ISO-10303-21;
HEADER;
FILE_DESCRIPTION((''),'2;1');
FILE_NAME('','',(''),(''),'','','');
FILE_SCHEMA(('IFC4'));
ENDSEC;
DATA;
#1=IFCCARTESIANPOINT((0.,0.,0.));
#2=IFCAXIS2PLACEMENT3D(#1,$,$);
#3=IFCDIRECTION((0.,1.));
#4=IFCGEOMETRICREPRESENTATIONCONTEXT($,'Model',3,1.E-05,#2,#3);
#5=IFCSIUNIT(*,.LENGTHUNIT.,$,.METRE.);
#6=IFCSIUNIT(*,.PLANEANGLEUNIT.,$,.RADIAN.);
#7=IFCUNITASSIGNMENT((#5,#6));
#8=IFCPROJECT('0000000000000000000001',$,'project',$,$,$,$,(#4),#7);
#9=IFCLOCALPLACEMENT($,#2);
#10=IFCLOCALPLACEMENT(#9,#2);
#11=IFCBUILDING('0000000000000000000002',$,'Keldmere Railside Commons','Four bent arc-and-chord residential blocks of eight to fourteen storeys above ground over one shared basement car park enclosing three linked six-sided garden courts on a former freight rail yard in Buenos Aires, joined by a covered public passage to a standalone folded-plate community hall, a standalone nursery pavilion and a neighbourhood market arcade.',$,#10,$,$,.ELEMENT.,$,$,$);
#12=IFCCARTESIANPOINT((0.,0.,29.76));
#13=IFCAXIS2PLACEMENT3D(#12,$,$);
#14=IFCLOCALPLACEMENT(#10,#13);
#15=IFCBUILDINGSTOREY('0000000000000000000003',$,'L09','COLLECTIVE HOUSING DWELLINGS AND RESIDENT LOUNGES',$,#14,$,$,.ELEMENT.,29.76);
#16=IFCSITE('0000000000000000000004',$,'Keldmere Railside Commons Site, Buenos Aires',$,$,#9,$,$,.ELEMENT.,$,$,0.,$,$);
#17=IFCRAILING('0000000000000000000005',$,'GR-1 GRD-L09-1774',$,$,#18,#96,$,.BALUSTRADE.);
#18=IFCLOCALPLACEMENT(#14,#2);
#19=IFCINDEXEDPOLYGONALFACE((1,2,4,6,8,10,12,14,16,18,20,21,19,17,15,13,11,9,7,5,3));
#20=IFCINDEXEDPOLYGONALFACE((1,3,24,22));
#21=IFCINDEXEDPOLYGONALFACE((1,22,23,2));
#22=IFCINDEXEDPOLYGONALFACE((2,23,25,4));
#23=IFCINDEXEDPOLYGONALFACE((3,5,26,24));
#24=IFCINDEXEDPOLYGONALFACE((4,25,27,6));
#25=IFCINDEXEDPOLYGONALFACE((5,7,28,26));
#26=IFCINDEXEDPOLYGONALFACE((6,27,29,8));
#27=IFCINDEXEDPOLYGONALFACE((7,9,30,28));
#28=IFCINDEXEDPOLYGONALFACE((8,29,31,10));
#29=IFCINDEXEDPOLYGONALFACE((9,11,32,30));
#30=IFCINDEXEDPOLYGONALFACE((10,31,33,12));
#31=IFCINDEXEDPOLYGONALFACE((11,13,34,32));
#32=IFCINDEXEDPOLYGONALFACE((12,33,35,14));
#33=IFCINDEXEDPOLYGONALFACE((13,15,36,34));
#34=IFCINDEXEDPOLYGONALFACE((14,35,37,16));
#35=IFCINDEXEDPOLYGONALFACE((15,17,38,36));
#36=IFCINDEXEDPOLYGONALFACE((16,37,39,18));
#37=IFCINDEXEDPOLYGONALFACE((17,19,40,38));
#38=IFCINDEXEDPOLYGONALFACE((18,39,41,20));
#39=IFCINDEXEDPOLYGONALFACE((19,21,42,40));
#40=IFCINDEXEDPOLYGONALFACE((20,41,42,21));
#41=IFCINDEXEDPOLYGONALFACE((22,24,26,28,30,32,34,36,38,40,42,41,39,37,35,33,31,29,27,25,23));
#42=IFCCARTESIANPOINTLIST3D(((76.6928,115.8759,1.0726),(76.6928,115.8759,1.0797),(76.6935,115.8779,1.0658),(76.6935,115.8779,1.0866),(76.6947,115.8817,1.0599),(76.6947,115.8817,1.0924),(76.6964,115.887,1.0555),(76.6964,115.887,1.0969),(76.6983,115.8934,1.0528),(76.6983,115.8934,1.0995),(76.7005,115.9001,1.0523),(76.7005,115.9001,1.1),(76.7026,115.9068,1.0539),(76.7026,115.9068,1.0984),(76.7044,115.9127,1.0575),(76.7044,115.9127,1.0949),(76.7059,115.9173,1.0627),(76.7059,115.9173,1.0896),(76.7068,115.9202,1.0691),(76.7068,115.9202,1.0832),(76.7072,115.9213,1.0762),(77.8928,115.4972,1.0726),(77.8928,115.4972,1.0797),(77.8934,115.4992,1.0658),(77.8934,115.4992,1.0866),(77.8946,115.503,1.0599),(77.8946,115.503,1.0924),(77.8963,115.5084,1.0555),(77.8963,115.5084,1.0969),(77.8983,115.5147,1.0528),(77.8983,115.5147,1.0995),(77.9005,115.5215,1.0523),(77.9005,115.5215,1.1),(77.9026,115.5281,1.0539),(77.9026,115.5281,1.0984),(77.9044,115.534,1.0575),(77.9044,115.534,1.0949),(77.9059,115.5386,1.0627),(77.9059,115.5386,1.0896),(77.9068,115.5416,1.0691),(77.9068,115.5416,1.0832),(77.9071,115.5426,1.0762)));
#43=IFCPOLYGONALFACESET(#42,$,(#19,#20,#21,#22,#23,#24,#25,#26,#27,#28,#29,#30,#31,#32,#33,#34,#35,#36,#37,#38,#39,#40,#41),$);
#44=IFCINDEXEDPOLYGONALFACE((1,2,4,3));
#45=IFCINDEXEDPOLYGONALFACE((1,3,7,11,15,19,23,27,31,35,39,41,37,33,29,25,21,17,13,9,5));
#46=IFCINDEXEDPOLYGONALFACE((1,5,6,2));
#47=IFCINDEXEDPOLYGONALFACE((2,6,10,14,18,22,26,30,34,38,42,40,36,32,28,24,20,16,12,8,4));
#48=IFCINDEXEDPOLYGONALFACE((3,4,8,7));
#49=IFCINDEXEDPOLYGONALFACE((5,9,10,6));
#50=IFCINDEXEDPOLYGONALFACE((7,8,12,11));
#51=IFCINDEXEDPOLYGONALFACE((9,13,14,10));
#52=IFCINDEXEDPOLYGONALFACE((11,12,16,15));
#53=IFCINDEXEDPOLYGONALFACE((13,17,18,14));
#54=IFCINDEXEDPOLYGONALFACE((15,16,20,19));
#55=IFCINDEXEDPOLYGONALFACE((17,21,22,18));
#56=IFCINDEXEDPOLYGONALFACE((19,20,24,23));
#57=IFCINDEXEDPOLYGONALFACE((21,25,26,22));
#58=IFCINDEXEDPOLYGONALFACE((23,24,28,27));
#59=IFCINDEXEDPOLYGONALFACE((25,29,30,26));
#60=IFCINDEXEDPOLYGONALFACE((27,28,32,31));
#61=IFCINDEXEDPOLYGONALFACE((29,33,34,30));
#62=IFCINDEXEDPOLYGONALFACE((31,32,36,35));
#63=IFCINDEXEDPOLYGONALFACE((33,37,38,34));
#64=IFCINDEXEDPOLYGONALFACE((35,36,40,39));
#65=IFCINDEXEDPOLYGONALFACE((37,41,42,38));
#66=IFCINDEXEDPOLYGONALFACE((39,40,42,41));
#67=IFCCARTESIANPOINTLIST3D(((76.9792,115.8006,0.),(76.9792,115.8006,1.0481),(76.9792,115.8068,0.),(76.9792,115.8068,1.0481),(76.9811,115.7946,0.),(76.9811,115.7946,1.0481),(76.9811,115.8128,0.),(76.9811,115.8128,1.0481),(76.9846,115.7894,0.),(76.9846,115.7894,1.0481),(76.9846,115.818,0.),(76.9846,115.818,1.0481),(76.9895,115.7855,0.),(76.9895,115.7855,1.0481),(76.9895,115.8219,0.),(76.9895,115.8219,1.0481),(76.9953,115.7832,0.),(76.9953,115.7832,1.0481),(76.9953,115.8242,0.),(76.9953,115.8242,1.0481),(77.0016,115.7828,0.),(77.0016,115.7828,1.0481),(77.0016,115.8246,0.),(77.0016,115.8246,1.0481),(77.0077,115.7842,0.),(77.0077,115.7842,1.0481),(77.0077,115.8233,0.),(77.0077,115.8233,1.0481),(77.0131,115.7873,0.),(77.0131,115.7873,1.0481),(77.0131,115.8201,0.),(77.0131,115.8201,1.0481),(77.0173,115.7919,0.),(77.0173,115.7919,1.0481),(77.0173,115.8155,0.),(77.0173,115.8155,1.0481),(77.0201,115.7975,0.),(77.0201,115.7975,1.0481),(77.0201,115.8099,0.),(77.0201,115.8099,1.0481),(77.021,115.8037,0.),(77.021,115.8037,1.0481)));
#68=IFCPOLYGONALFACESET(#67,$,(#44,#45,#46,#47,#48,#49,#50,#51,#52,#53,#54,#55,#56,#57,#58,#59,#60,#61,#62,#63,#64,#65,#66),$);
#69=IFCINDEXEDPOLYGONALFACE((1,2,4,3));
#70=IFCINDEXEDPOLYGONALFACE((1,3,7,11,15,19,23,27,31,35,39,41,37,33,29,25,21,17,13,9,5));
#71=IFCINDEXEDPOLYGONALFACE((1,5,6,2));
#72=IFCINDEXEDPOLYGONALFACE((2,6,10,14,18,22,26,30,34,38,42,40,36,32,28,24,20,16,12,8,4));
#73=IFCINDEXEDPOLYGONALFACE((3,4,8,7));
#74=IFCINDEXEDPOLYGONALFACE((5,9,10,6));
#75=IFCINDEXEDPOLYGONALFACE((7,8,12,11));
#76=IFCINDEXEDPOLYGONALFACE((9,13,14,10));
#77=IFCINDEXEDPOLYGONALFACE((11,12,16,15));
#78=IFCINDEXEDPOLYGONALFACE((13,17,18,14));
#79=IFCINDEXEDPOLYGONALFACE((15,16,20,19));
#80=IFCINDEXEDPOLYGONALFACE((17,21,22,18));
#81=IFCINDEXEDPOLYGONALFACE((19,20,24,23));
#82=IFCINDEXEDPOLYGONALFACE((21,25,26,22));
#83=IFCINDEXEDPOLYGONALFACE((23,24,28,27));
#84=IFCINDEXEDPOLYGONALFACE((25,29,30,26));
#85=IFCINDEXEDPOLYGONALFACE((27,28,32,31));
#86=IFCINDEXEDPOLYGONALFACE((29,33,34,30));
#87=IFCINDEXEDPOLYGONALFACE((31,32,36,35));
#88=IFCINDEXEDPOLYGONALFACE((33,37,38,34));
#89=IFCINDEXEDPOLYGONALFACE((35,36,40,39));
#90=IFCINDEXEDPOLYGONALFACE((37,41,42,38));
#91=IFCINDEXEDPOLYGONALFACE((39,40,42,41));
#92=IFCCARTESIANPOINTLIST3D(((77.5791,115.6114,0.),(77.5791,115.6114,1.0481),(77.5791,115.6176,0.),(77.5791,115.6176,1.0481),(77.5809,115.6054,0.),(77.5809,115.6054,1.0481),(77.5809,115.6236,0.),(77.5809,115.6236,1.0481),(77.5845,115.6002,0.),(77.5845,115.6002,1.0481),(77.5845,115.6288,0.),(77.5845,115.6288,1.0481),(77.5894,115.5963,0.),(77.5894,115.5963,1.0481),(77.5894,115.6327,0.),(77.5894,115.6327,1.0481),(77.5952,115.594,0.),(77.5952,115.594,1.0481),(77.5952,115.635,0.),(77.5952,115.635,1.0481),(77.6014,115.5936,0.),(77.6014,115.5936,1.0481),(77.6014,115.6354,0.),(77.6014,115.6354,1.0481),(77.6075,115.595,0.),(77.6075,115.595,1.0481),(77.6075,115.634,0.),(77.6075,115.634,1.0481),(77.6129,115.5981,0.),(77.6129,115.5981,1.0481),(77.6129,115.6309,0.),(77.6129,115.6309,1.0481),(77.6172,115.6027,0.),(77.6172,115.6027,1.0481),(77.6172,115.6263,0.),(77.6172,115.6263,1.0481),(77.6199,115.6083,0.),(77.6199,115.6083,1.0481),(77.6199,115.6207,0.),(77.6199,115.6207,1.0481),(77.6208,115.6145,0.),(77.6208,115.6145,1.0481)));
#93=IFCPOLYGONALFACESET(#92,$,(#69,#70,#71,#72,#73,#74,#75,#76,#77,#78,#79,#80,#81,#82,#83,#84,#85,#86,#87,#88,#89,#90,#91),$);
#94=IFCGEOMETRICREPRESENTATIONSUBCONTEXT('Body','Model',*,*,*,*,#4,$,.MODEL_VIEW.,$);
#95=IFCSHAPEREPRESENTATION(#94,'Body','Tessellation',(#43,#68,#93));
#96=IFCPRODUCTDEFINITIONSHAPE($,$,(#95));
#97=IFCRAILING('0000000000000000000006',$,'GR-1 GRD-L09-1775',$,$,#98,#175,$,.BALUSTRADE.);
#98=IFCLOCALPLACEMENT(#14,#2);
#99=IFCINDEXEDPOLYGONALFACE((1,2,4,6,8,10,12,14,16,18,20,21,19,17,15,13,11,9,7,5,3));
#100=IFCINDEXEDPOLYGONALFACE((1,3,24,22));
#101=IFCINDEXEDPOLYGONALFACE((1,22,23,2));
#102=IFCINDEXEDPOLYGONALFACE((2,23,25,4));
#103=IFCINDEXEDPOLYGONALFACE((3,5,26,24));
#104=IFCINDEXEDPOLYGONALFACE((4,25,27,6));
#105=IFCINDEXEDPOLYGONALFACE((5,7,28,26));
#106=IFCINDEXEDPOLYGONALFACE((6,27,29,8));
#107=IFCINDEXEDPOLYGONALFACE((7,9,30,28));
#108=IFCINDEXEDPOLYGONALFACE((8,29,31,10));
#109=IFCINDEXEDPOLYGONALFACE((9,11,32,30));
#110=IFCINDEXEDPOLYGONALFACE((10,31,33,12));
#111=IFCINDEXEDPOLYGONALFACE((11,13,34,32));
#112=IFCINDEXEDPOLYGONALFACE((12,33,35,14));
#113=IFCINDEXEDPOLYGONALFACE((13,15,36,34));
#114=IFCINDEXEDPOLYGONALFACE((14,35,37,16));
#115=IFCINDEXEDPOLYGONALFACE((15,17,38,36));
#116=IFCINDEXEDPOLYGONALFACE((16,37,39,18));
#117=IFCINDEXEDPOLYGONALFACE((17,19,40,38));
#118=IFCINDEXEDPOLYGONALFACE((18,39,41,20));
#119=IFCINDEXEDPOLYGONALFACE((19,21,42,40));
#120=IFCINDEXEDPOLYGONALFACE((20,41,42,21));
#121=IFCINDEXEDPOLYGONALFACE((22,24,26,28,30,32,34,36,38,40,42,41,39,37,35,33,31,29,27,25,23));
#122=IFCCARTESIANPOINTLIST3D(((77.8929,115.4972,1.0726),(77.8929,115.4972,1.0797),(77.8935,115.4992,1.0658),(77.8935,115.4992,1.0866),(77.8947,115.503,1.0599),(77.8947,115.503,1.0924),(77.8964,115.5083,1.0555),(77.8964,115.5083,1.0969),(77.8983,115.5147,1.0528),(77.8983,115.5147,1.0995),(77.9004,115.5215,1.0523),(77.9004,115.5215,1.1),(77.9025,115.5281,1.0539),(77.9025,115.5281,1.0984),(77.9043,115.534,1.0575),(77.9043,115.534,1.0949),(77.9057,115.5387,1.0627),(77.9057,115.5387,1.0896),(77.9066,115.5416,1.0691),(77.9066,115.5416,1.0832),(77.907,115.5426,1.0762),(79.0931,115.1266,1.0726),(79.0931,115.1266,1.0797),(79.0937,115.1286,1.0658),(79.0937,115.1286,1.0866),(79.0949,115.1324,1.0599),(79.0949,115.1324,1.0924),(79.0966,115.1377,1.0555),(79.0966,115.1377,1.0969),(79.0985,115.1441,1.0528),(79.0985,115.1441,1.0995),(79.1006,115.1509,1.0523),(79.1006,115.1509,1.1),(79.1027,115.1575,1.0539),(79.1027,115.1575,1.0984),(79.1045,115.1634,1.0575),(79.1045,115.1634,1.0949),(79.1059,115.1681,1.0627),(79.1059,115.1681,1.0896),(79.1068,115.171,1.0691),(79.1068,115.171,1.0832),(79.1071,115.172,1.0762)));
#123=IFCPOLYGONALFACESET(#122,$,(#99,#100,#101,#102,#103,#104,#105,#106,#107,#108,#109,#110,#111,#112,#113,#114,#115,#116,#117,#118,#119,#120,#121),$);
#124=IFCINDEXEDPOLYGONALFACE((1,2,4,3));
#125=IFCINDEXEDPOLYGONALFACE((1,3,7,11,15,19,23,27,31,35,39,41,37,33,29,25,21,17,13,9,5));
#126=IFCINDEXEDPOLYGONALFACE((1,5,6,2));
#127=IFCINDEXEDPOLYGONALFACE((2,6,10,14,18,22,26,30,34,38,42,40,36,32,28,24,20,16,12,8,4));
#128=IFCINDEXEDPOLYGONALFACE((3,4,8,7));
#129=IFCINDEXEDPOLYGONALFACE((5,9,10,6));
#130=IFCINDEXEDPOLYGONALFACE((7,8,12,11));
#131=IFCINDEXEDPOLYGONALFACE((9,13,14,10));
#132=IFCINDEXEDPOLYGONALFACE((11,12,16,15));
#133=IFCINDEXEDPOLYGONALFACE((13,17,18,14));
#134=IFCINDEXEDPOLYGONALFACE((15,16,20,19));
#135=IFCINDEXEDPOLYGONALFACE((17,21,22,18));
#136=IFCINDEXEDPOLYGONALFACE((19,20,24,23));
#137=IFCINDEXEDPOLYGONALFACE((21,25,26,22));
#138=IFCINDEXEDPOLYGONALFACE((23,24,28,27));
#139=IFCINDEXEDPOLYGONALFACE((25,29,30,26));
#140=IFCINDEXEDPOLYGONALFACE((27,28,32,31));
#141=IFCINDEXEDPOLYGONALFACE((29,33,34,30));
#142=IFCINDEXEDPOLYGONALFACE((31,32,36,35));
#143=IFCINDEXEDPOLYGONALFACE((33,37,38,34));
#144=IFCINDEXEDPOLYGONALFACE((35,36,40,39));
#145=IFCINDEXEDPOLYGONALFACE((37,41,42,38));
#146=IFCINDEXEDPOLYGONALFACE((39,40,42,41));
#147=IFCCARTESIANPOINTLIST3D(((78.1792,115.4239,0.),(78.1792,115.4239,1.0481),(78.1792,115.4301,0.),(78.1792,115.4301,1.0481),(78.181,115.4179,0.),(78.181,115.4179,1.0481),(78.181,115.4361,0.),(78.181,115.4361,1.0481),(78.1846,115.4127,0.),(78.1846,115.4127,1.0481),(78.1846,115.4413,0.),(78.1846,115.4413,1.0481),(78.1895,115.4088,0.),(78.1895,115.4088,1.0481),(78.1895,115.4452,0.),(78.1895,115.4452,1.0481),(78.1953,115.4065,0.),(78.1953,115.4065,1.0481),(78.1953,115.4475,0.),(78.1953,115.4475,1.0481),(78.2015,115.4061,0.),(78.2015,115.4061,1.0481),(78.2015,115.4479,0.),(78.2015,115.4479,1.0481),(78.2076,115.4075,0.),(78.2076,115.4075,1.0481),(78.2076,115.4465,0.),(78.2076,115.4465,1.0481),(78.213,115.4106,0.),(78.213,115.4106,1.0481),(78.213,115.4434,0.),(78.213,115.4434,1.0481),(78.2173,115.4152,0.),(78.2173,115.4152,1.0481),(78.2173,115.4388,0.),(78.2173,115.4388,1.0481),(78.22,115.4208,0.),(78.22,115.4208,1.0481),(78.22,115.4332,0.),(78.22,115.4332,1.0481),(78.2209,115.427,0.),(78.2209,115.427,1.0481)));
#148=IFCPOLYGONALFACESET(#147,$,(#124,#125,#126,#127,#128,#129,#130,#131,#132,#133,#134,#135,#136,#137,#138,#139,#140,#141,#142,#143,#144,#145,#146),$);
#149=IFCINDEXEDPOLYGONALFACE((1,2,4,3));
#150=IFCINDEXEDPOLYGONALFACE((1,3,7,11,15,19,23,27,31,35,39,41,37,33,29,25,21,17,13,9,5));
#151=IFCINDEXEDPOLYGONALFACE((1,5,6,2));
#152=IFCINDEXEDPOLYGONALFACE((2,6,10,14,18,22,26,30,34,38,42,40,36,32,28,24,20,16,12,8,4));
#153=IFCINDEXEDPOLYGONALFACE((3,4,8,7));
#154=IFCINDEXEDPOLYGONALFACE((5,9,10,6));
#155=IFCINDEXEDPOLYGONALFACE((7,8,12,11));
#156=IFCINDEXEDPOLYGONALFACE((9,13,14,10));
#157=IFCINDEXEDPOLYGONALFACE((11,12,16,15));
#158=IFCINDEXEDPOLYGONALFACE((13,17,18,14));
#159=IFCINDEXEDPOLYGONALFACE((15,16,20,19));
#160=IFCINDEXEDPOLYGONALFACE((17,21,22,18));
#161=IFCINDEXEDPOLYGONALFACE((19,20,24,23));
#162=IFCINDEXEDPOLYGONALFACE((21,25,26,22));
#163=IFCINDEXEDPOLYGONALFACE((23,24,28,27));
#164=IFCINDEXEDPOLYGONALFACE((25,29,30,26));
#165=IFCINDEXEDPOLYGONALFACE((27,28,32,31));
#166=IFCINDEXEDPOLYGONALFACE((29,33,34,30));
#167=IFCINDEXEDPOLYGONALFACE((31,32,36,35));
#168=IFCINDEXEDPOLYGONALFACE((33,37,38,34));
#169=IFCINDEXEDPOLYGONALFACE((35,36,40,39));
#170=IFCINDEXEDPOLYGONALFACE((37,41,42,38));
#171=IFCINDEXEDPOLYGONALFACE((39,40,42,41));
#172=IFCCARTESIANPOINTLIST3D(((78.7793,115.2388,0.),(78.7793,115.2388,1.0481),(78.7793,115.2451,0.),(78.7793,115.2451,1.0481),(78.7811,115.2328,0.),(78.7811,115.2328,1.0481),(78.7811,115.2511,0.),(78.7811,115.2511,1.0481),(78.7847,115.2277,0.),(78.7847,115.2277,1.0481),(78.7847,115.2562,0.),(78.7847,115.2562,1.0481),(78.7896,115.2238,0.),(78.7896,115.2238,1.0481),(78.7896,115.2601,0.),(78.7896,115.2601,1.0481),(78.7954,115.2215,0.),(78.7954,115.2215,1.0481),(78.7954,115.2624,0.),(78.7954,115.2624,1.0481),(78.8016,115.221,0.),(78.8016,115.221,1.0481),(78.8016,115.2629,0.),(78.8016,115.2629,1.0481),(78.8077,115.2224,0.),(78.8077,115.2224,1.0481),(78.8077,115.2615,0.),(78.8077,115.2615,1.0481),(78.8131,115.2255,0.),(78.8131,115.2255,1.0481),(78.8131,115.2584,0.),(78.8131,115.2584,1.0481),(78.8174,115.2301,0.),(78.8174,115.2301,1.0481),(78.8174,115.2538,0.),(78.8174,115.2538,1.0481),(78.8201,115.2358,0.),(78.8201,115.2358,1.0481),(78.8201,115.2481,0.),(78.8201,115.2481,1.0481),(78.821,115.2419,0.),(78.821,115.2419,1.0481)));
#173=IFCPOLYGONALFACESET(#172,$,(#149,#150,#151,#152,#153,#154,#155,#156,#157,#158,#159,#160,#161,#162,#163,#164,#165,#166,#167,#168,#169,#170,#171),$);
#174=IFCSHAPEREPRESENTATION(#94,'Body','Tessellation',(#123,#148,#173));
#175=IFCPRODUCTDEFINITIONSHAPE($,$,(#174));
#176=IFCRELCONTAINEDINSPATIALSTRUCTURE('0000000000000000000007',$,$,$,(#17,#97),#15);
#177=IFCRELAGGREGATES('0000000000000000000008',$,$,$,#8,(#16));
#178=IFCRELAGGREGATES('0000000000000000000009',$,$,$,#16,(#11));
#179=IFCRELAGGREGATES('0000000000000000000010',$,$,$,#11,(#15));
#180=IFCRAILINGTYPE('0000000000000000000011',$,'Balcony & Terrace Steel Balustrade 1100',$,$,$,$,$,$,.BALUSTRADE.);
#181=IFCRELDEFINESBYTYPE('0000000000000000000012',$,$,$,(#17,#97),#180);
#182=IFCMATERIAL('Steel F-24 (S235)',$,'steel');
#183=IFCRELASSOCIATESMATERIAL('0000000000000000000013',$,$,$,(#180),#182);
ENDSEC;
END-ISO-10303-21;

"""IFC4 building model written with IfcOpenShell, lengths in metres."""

from ifc_helpers import new_model, si_unit, direction, frame, origin, origin_2d, place, context, subcontext, project, spatial, circle, extrude, material, type_object, element, save


model = new_model("IFC4")

# Units and contexts
model_context = context("Model", 3, precision=1e-05, world=origin(), true_north=direction((0.0, 1.0)))
body_context = subcontext(model_context, "Body", "Model", "MODEL_VIEW")
ifc_project = project(units=[si_unit("LENGTHUNIT", "METRE"), si_unit("PLANEANGLEUNIT", "RADIAN")], contexts=[model_context])

# Site, building, storey
site_placement = place(None, origin())
site = spatial("IfcSite", under=ifc_project, at=site_placement, Name="Keldmere Railside Commons Site, Buenos Aires", CompositionType="ELEMENT", RefElevation=0.0)
building_placement = place(site_placement, origin())
building = spatial("IfcBuilding", under=site, at=building_placement, Name="Keldmere Railside Commons", Description="Four bent arc-and-chord residential blocks of eight to fourteen storeys above ground over one shared basement car park enclosing three linked six-sided garden courts on a former freight rail yard in Buenos Aires, joined by a covered public passage to a standalone folded-plate community hall, a standalone nursery pavilion and a neighbourhood market arcade.", CompositionType="ELEMENT")
storey_placement = place(building_placement, frame((0.0, 0.0, 29.76)))
storey = spatial("IfcBuildingStorey", under=building, at=storey_placement, Name="L09", Description="COLLECTIVE HOUSING DWELLINGS AND RESIDENT LOUNGES", CompositionType="ELEMENT", Elevation=29.76)

# Shared definitions
ifc_material_1 = material(Name="Steel F-24 (S235)", Category="steel")

# Railings
railing_type_1 = type_object("IfcRailingType", Name="Balcony & Terrace Steel Balustrade 1100", PredefinedType="BALUSTRADE", material=ifc_material_1)
railing_1_placement = place(storey_placement, frame((76.7, 115.8984, 0.0)))
element("IfcRailing", 1, at=railing_1_placement, inside=storey, type_object=railing_type_1, Name="GR-1 GRD-L09-1774", PredefinedType="BALUSTRADE", context=body_context, shape_type="SweptSolid", body=[
    extrude(circle(Radius=0.0239, at=origin_2d()), frame((0.0, 0.0, 1.0762), z_axis=(0.953644, -0.300936, 0.0), x_axis=(0.300936, 0.953644, 0.0)), (0.0, 0.0, 1.0), 1.2583),
    extrude(circle(Radius=0.021, at=origin_2d()), frame((0.3, -0.0947, 0.0)), (0.0, 0.0, 1.0), 1.0481),
    extrude(circle(Radius=0.021, at=origin_2d()), frame((0.8999, -0.2839, 0.0)), (0.0, 0.0, 1.0), 1.0481),
])
railing_2_placement = place(storey_placement, frame((77.8999, 115.5198, 0.0)))
element("IfcRailing", 2, at=railing_2_placement, inside=storey, type_object=railing_type_1, Name="GR-1 GRD-L09-1775", PredefinedType="BALUSTRADE", context=body_context, shape_type="SweptSolid", body=[
    extrude(circle(Radius=0.0239, at=origin_2d()), frame((0.0, 0.0, 1.0762), z_axis=(0.955484, -0.295042, 0.0), x_axis=(0.295042, 0.955484, 0.0)), (0.0, 0.0, 1.0), 1.2561),
    extrude(circle(Radius=0.021, at=origin_2d()), frame((0.3, -0.0928, 0.0)), (0.0, 0.0, 1.0), 1.0481),
    extrude(circle(Radius=0.021, at=origin_2d()), frame((0.9001, -0.2778, 0.0)), (0.0, 0.0, 1.0), 1.0481),
])

save(model, "model.ifc")
